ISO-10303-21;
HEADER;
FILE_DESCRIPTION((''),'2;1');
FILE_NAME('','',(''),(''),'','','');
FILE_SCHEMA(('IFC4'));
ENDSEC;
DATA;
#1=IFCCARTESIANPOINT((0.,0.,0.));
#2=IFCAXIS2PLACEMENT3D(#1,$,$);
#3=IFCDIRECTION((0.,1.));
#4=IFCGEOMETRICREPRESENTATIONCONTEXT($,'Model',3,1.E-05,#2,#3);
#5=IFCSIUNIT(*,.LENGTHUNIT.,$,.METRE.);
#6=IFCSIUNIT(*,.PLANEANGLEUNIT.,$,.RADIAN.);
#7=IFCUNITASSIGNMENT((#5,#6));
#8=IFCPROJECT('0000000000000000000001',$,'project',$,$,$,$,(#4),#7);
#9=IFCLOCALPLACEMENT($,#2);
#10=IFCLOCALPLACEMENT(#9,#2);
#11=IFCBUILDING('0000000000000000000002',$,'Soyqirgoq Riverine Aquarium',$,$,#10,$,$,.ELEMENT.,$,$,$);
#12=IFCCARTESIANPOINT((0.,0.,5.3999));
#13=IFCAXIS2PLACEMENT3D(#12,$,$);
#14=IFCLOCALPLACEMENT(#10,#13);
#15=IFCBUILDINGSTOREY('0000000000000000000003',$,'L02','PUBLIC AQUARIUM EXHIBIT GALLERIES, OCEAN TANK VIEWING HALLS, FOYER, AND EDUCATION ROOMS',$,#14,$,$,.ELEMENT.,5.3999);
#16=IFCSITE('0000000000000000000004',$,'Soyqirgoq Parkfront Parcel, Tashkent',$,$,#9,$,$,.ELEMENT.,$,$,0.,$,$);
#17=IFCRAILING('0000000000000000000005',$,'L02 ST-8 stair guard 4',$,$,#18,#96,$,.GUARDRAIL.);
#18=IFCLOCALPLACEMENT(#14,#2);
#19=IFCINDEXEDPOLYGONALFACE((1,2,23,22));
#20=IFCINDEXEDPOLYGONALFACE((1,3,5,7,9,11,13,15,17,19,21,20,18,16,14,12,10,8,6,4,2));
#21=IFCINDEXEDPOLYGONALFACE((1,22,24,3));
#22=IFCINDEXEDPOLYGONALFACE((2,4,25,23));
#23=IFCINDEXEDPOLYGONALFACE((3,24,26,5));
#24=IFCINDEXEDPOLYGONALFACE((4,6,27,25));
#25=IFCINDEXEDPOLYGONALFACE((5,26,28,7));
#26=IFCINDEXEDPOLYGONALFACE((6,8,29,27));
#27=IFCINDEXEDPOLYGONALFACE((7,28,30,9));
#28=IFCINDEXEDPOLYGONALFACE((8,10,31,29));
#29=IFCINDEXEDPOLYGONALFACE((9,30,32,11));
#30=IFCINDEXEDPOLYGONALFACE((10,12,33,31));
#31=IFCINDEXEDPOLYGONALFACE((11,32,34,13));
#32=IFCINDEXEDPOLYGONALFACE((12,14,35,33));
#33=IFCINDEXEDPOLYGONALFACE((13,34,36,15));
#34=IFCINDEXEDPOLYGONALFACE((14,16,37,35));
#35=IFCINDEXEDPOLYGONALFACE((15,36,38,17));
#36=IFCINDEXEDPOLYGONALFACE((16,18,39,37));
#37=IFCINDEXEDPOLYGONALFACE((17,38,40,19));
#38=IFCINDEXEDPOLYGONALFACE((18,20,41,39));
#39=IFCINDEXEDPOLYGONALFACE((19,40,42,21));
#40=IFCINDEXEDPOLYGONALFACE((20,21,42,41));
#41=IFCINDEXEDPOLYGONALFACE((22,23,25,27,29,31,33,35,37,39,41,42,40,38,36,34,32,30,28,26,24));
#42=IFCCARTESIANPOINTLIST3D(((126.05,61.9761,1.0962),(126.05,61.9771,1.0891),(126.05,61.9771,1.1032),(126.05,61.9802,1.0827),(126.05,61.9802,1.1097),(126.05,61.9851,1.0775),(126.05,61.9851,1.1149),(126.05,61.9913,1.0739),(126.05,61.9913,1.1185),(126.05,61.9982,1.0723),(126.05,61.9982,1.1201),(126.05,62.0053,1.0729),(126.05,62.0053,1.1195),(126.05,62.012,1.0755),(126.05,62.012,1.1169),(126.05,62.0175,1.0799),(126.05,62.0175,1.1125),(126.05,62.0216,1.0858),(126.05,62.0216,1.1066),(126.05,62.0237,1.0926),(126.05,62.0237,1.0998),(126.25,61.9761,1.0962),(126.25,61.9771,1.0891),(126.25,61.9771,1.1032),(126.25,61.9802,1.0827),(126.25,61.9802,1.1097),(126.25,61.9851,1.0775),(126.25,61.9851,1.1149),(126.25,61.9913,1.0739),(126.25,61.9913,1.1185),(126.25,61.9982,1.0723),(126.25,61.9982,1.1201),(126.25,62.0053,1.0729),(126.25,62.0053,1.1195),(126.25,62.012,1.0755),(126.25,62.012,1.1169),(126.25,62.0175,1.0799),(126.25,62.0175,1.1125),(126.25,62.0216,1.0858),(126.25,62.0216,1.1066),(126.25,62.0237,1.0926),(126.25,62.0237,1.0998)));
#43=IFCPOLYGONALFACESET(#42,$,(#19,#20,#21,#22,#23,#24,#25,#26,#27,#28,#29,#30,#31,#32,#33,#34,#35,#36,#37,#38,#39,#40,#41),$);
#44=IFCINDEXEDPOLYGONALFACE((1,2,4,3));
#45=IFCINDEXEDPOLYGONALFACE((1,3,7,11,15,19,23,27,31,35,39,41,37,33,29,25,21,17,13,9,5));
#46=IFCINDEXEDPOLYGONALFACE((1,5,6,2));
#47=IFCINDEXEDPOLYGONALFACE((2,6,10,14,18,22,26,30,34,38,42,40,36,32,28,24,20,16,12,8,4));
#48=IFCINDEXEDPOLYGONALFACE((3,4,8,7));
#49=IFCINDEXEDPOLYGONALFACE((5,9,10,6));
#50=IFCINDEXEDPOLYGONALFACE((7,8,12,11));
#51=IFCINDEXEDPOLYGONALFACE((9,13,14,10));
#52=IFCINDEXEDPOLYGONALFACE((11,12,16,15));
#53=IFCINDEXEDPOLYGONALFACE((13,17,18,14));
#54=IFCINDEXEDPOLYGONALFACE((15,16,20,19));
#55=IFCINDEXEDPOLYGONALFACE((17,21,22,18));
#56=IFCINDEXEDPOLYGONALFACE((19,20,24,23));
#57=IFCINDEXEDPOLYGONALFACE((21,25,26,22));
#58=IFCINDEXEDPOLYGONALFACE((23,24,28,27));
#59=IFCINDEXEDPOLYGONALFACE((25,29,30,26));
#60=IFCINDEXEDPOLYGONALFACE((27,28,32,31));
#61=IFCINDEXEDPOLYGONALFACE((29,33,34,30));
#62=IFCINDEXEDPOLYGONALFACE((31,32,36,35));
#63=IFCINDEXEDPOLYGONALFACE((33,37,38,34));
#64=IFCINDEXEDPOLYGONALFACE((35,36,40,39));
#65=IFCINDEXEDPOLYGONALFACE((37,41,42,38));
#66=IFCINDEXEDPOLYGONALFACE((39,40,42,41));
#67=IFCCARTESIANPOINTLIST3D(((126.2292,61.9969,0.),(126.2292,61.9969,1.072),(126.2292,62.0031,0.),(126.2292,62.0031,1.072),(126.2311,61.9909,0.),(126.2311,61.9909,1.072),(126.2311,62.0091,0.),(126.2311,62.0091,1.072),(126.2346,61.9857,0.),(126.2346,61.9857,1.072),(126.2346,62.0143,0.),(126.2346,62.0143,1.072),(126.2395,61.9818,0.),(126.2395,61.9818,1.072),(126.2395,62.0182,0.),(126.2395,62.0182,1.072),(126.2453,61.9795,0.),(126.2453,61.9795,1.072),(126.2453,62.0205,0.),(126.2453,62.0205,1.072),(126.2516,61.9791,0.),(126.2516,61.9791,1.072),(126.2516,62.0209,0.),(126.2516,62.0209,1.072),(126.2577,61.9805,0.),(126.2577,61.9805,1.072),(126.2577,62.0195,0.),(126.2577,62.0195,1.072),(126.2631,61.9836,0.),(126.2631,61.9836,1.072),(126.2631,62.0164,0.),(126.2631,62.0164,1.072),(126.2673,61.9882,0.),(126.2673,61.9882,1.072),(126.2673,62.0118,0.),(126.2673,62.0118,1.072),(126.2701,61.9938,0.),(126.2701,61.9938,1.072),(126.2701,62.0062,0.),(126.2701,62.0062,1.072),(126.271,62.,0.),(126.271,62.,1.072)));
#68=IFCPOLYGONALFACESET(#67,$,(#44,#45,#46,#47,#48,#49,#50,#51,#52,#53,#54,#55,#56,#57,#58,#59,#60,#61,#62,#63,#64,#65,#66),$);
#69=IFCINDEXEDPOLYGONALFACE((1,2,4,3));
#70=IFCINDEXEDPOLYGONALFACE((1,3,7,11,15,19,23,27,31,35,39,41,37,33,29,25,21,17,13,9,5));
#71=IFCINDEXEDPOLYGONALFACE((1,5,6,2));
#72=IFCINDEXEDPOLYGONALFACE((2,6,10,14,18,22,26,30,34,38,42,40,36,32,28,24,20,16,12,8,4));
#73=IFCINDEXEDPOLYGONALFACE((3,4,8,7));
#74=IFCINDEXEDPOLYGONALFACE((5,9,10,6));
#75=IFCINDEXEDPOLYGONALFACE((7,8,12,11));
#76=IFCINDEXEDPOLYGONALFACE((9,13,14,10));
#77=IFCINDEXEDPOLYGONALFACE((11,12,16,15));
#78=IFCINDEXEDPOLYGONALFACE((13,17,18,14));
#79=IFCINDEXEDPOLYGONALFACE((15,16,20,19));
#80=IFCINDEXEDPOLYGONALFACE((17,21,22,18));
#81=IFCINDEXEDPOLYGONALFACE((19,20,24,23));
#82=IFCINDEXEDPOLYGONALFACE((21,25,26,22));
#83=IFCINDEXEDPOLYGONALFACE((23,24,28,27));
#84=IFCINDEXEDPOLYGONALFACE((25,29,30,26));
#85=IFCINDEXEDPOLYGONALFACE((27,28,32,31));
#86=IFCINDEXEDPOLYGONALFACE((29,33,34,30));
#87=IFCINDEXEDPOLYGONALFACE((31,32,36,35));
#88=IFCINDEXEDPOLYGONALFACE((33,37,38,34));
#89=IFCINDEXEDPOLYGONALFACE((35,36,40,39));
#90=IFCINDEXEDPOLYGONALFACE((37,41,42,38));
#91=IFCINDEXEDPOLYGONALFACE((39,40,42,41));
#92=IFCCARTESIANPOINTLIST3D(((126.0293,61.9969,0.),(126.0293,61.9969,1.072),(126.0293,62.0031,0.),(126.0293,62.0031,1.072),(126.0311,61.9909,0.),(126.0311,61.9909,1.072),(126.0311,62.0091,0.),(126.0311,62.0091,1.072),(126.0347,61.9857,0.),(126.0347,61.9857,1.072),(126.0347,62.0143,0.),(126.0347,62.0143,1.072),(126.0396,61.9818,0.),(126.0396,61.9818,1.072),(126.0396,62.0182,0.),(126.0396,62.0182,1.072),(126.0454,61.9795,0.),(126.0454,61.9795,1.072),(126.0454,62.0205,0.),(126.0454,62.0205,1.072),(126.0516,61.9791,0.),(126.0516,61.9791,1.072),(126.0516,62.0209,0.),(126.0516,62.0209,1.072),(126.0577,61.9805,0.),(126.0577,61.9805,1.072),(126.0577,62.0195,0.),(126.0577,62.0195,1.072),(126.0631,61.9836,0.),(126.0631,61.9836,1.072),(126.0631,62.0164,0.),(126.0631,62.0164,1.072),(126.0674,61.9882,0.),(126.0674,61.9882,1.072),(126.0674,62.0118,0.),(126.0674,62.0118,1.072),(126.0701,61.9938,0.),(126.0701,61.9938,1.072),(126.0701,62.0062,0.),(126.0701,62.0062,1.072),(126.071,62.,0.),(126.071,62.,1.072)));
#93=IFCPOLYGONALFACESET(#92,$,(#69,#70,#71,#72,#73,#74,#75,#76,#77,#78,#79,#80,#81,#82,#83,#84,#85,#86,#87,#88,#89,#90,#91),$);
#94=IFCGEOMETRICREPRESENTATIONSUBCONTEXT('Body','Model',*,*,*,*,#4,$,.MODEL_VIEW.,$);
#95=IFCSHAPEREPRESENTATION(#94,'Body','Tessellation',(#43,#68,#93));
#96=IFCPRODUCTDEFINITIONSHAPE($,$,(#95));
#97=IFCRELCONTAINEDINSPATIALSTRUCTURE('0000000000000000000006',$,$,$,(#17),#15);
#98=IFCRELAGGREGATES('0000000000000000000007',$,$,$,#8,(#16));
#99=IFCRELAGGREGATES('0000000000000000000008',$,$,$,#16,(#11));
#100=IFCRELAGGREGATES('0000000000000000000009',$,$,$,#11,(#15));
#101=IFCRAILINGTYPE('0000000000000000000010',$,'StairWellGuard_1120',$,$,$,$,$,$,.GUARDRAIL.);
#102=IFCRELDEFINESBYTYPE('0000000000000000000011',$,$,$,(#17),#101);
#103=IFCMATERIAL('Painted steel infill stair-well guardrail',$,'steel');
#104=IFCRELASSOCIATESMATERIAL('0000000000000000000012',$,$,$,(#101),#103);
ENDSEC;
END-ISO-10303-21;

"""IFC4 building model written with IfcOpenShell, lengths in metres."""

from ifc_helpers import new_model, si_unit, direction, frame, origin, origin_2d, place, context, subcontext, project, spatial, circle, extrude, material, type_object, element, save


model = new_model("IFC4")

# Units and contexts
model_context = context("Model", 3, precision=1e-05, world=origin(), true_north=direction((0.0, 1.0)))
body_context = subcontext(model_context, "Body", "Model", "MODEL_VIEW")
ifc_project = project(units=[si_unit("LENGTHUNIT", "METRE"), si_unit("PLANEANGLEUNIT", "RADIAN")], contexts=[model_context])

# Site, building, storey
site_placement = place(None, origin())
site = spatial("IfcSite", under=ifc_project, at=site_placement, Name="Soyqirgoq Parkfront Parcel, Tashkent", CompositionType="ELEMENT", RefElevation=0.0)
building_placement = place(site_placement, origin())
building = spatial("IfcBuilding", under=site, at=building_placement, Name="Soyqirgoq Riverine Aquarium", CompositionType="ELEMENT")
storey_placement = place(building_placement, frame((0.0, 0.0, 5.3999)))
storey = spatial("IfcBuildingStorey", under=building, at=storey_placement, Name="L02", Description="PUBLIC AQUARIUM EXHIBIT GALLERIES, OCEAN TANK VIEWING HALLS, FOYER, AND EDUCATION ROOMS", CompositionType="ELEMENT", Elevation=5.3999)

# Railing
ifc_material_1 = material(Name="Painted steel infill stair-well guardrail", Category="steel")
railing_type_1 = type_object("IfcRailingType", Name="StairWellGuard_1120", PredefinedType="GUARDRAIL", material=ifc_material_1)
railing_1_placement = place(storey_placement, frame((126.25, 62.0, 0.0)))
element("IfcRailing", 1, at=railing_1_placement, inside=storey, type_object=railing_type_1, Name="L02 ST-8 stair guard 4", PredefinedType="GUARDRAIL", context=body_context, shape_type="SweptSolid", body=[
    extrude(circle(Radius=0.0239, at=origin_2d()), frame((0.0, 0.0, 1.0962), z_axis=(-1.0, 0.0, 0.0), x_axis=(0.0, -1.0, 0.0)), (0.0, 0.0, 1.0), 0.2),
    extrude(circle(Radius=0.021, at=origin_2d()), origin(), (0.0, 0.0, 1.0), 1.072),
    extrude(circle(Radius=0.021, at=origin_2d()), frame((-0.2, 0.0, 0.0)), (0.0, 0.0, 1.0), 1.072),
])

save(model, "model.ifc")
